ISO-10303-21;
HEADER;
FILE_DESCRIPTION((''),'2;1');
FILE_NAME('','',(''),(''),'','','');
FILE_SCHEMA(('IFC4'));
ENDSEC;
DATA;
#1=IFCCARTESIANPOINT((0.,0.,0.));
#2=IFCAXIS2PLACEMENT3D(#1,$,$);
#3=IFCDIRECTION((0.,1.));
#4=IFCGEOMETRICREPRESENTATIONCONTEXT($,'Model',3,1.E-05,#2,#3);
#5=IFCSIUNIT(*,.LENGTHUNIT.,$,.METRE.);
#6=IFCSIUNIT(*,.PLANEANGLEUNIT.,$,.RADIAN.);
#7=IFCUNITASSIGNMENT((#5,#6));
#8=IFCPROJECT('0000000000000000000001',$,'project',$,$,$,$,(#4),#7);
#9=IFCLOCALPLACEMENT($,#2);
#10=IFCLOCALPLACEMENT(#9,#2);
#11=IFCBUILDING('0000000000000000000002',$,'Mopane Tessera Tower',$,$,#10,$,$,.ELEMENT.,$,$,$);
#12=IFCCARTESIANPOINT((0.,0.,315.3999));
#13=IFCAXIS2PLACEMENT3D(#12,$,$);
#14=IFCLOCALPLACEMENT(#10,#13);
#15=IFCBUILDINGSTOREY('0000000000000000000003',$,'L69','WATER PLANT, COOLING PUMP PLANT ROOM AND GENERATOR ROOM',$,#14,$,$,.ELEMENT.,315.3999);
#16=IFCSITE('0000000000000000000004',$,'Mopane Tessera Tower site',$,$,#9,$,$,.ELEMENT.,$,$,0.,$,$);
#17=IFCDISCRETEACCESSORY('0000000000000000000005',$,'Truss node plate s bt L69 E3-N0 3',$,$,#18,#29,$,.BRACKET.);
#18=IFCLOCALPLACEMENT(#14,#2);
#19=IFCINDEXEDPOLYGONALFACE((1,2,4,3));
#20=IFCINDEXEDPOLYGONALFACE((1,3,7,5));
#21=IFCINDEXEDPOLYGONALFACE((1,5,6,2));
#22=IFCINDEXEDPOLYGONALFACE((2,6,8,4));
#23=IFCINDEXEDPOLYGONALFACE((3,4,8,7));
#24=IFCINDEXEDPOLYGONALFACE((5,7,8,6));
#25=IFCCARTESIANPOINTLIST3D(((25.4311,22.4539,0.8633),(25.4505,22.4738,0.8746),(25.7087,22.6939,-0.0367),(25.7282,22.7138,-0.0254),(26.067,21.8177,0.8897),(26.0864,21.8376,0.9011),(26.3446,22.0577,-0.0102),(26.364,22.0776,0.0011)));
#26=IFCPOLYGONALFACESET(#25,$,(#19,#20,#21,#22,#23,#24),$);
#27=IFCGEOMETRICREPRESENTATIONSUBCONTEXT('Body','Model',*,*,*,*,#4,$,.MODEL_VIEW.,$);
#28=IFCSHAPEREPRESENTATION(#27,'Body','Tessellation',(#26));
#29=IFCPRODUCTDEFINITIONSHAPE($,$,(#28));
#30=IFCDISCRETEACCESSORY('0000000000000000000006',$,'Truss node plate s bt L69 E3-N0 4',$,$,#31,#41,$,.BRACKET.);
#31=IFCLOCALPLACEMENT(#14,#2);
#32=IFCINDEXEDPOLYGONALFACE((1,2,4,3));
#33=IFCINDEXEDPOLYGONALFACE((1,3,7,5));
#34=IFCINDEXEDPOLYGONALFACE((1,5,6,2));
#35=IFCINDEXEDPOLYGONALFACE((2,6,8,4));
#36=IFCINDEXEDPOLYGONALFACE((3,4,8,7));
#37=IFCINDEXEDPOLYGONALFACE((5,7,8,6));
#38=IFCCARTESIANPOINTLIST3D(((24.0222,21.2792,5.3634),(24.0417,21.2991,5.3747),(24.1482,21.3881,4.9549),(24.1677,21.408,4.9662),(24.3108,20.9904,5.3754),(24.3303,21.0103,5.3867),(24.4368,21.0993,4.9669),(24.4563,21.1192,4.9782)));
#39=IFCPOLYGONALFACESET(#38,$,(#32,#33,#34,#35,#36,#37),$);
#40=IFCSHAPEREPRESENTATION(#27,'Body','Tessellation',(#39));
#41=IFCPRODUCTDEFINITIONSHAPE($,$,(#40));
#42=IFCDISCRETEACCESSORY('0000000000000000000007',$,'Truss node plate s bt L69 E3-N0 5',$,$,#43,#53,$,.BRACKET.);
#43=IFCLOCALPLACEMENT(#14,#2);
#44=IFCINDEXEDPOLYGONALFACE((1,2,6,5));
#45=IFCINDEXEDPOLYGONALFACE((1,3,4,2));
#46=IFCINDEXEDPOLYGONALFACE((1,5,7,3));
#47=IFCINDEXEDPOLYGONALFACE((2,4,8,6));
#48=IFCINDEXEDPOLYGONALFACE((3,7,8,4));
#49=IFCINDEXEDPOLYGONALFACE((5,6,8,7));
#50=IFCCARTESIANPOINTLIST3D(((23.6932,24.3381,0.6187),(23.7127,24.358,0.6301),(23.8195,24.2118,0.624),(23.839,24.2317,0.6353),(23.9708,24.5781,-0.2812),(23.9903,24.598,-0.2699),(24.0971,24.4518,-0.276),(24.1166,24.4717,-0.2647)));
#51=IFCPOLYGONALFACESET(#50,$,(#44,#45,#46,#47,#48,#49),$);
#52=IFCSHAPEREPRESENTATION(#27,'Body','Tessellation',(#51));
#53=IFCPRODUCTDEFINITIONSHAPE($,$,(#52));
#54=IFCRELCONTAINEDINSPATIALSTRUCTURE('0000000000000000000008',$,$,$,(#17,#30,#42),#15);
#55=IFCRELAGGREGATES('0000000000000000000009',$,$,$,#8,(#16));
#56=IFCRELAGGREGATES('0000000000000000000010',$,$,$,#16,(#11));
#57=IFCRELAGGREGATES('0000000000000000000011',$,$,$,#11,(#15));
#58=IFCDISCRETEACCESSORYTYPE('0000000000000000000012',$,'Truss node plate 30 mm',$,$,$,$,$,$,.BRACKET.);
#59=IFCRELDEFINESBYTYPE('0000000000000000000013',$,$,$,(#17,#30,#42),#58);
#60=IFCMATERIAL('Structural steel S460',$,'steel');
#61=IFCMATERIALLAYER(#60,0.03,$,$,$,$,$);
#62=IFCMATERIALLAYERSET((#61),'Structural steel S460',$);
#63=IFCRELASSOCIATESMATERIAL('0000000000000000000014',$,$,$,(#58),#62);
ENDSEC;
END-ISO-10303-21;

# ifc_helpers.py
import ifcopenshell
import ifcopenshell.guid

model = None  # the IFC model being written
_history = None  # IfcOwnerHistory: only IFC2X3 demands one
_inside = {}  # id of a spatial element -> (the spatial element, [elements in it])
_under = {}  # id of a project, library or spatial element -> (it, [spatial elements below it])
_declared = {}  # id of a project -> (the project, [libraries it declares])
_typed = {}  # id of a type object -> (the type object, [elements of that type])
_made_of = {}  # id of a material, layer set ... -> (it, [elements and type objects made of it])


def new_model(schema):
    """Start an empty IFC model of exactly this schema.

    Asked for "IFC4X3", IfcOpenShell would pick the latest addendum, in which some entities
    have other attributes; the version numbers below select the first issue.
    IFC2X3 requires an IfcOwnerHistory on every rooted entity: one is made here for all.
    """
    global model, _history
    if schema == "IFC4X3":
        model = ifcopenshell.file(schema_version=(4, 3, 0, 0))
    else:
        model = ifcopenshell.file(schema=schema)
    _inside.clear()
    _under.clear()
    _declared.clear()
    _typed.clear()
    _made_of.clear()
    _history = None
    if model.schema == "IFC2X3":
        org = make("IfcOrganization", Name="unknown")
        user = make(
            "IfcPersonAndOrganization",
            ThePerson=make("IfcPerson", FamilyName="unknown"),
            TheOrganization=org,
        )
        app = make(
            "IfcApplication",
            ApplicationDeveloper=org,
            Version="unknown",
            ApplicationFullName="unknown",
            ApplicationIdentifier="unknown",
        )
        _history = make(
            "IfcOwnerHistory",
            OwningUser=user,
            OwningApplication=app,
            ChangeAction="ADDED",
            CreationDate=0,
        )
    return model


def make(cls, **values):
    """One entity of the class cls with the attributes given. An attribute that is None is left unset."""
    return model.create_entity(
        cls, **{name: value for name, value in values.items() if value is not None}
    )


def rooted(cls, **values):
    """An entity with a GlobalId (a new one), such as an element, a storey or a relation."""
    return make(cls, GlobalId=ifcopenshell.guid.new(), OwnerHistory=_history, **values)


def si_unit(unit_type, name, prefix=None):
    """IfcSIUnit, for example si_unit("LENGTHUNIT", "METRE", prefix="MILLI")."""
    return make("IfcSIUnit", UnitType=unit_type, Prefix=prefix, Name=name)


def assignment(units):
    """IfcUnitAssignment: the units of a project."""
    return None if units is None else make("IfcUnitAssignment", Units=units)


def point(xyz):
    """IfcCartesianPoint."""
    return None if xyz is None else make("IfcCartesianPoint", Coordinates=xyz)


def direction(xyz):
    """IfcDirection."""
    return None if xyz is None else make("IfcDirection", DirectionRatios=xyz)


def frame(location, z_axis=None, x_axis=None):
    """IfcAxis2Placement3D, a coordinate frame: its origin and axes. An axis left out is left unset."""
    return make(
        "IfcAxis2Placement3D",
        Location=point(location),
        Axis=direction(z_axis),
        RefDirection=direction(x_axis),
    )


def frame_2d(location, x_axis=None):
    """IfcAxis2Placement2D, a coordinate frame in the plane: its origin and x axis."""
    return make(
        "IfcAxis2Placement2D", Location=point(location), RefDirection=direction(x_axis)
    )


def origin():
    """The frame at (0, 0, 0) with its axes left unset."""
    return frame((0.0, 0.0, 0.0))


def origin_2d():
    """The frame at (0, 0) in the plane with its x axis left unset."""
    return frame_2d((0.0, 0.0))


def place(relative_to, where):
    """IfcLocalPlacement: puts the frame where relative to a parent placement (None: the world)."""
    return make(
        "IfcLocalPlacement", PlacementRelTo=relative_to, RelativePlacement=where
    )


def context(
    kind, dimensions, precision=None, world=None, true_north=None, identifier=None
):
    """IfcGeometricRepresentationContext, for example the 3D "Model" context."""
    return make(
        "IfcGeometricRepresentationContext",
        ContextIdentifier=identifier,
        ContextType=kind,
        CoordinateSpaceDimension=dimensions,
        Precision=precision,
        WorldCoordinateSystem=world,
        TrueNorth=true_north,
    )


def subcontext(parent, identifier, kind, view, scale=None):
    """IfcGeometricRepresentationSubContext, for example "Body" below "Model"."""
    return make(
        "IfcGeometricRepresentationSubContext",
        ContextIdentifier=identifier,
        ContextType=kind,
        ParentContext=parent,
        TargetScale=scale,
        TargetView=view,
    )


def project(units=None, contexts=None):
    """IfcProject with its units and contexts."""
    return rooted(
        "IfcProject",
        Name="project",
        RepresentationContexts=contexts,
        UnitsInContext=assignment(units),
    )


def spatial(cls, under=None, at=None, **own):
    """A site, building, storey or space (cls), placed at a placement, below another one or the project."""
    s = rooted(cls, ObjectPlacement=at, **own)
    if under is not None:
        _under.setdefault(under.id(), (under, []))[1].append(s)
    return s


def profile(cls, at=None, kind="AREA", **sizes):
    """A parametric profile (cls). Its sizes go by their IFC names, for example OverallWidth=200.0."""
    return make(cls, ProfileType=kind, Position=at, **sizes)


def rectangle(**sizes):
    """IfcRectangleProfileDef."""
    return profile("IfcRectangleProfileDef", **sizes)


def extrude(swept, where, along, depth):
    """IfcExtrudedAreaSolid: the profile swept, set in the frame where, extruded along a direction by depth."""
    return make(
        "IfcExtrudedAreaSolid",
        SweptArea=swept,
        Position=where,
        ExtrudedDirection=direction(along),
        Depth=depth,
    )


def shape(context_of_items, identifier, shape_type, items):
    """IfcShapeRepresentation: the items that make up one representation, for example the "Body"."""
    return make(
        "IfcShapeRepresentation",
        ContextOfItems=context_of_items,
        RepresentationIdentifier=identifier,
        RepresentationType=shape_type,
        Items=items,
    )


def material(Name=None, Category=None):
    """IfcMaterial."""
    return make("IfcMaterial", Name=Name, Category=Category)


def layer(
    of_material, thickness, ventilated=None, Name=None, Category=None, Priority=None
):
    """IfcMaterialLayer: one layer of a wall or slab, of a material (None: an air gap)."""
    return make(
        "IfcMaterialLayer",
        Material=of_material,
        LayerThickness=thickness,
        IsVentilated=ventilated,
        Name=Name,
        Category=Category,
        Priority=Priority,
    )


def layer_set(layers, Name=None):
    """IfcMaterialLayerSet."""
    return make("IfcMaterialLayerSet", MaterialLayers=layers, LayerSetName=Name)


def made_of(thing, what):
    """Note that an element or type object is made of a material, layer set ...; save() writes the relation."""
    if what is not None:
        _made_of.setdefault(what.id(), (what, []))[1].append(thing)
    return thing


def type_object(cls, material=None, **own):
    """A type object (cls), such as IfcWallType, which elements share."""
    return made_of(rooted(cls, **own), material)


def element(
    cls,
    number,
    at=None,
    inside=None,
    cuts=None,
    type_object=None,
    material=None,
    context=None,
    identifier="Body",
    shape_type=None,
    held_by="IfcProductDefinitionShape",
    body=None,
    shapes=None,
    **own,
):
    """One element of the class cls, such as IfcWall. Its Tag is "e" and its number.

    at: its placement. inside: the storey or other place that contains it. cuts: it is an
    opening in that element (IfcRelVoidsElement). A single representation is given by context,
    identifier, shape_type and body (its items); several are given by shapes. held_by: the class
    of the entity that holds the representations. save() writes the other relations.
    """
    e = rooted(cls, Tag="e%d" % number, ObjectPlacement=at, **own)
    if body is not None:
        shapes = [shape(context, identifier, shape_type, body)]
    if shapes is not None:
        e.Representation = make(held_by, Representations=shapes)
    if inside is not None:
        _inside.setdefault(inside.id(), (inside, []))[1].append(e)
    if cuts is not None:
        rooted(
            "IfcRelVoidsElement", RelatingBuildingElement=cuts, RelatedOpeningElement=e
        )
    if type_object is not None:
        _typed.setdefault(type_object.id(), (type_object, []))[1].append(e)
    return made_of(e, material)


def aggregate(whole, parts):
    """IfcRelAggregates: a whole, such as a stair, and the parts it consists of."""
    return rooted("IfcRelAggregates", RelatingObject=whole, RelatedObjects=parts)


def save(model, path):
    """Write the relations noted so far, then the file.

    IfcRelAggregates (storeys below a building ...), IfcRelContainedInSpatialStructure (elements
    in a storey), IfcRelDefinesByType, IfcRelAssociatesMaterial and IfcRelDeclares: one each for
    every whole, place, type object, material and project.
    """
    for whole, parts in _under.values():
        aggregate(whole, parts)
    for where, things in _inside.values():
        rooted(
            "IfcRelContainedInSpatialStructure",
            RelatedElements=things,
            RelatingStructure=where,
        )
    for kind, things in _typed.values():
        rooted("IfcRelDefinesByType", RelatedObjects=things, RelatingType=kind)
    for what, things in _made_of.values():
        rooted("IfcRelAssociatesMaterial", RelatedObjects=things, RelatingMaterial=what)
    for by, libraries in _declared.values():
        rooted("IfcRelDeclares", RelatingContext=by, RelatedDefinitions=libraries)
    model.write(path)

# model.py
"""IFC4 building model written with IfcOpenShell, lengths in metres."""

from ifc_helpers import new_model, si_unit, direction, frame, origin, origin_2d, place, context, subcontext, project, spatial, rectangle, extrude, material, layer, layer_set, type_object, element, save


model = new_model("IFC4")

# Units and contexts
model_context = context("Model", 3, precision=1e-05, world=origin(), true_north=direction((0.0, 1.0)))
body_context = subcontext(model_context, "Body", "Model", "MODEL_VIEW")
ifc_project = project(units=[si_unit("LENGTHUNIT", "METRE"), si_unit("PLANEANGLEUNIT", "RADIAN")], contexts=[model_context])

# Site, building, storey
site_placement = place(None, origin())
site = spatial("IfcSite", under=ifc_project, at=site_placement, Name="Mopane Tessera Tower site", CompositionType="ELEMENT", RefElevation=0.0)
building_placement = place(site_placement, origin())
building = spatial("IfcBuilding", under=site, at=building_placement, Name="Mopane Tessera Tower", CompositionType="ELEMENT")
storey_placement = place(building_placement, frame((0.0, 0.0, 315.3999)))
storey = spatial("IfcBuildingStorey", under=building, at=storey_placement, Name="L69", Description="WATER PLANT, COOLING PUMP PLANT ROOM AND GENERATOR ROOM", CompositionType="ELEMENT", Elevation=315.3999)

# Discrete accessories
ifc_material_1 = material(Name="Structural steel S460", Category="steel")
ifc_layer_1 = layer(ifc_material_1, 0.03)
ifc_layer_set_1 = layer_set([ifc_layer_1], Name="Structural steel S460")
discrete_accessory_type_1 = type_object("IfcDiscreteAccessoryType", Name="Truss node plate 30 mm", PredefinedType="BRACKET", material=ifc_layer_set_1)
discrete_accessory_1_placement = place(storey_placement, frame((26.0364, 22.3857, -0.0178), z_axis=(-0.285631, -0.246944, 0.925977), x_axis=(-0.647377, -0.662724, -0.376431)))
element("IfcDiscreteAccessory", 1, at=discrete_accessory_1_placement, inside=storey, type_object=discrete_accessory_type_1, Name="Truss node plate s bt L69 E3-N0 3", PredefinedType="BRACKET", context=body_context, shape_type="SweptSolid", body=[
    extrude(rectangle(XDim=0.03, YDim=0.8999, at=origin_2d()), origin(), (0.0, 0.0, 1.0), 0.9719),
])
discrete_accessory_2_placement = place(storey_placement, frame((24.3022, 21.2537, 4.9666), z_axis=(-0.285606, -0.246861, 0.926007), x_axis=(-0.647481, -0.662663, -0.376359)))
element("IfcDiscreteAccessory", 2, at=discrete_accessory_2_placement, inside=storey, type_object=discrete_accessory_type_1, Name="Truss node plate s bt L69 E3-N0 4", PredefinedType="BRACKET", context=body_context, shape_type="SweptSolid", body=[
    extrude(rectangle(XDim=0.03, YDim=0.4084, at=origin_2d()), origin(), (0.0, 0.0, 1.0), 0.4412),
])
discrete_accessory_3_placement = place(storey_placement, frame((24.0437, 24.5249, -0.2729), z_axis=(-0.285631, -0.246944, 0.925977), x_axis=(-0.647377, -0.662724, -0.376431)))
element("IfcDiscreteAccessory", 3, at=discrete_accessory_3_placement, inside=storey, type_object=discrete_accessory_type_1, Name="Truss node plate s bt L69 E3-N0 5", PredefinedType="BRACKET", context=body_context, shape_type="SweptSolid", body=[
    extrude(rectangle(XDim=0.03, YDim=0.1787, at=origin_2d()), origin(), (0.0, 0.0, 1.0), 0.9719),
])

save(model, "model.ifc")
